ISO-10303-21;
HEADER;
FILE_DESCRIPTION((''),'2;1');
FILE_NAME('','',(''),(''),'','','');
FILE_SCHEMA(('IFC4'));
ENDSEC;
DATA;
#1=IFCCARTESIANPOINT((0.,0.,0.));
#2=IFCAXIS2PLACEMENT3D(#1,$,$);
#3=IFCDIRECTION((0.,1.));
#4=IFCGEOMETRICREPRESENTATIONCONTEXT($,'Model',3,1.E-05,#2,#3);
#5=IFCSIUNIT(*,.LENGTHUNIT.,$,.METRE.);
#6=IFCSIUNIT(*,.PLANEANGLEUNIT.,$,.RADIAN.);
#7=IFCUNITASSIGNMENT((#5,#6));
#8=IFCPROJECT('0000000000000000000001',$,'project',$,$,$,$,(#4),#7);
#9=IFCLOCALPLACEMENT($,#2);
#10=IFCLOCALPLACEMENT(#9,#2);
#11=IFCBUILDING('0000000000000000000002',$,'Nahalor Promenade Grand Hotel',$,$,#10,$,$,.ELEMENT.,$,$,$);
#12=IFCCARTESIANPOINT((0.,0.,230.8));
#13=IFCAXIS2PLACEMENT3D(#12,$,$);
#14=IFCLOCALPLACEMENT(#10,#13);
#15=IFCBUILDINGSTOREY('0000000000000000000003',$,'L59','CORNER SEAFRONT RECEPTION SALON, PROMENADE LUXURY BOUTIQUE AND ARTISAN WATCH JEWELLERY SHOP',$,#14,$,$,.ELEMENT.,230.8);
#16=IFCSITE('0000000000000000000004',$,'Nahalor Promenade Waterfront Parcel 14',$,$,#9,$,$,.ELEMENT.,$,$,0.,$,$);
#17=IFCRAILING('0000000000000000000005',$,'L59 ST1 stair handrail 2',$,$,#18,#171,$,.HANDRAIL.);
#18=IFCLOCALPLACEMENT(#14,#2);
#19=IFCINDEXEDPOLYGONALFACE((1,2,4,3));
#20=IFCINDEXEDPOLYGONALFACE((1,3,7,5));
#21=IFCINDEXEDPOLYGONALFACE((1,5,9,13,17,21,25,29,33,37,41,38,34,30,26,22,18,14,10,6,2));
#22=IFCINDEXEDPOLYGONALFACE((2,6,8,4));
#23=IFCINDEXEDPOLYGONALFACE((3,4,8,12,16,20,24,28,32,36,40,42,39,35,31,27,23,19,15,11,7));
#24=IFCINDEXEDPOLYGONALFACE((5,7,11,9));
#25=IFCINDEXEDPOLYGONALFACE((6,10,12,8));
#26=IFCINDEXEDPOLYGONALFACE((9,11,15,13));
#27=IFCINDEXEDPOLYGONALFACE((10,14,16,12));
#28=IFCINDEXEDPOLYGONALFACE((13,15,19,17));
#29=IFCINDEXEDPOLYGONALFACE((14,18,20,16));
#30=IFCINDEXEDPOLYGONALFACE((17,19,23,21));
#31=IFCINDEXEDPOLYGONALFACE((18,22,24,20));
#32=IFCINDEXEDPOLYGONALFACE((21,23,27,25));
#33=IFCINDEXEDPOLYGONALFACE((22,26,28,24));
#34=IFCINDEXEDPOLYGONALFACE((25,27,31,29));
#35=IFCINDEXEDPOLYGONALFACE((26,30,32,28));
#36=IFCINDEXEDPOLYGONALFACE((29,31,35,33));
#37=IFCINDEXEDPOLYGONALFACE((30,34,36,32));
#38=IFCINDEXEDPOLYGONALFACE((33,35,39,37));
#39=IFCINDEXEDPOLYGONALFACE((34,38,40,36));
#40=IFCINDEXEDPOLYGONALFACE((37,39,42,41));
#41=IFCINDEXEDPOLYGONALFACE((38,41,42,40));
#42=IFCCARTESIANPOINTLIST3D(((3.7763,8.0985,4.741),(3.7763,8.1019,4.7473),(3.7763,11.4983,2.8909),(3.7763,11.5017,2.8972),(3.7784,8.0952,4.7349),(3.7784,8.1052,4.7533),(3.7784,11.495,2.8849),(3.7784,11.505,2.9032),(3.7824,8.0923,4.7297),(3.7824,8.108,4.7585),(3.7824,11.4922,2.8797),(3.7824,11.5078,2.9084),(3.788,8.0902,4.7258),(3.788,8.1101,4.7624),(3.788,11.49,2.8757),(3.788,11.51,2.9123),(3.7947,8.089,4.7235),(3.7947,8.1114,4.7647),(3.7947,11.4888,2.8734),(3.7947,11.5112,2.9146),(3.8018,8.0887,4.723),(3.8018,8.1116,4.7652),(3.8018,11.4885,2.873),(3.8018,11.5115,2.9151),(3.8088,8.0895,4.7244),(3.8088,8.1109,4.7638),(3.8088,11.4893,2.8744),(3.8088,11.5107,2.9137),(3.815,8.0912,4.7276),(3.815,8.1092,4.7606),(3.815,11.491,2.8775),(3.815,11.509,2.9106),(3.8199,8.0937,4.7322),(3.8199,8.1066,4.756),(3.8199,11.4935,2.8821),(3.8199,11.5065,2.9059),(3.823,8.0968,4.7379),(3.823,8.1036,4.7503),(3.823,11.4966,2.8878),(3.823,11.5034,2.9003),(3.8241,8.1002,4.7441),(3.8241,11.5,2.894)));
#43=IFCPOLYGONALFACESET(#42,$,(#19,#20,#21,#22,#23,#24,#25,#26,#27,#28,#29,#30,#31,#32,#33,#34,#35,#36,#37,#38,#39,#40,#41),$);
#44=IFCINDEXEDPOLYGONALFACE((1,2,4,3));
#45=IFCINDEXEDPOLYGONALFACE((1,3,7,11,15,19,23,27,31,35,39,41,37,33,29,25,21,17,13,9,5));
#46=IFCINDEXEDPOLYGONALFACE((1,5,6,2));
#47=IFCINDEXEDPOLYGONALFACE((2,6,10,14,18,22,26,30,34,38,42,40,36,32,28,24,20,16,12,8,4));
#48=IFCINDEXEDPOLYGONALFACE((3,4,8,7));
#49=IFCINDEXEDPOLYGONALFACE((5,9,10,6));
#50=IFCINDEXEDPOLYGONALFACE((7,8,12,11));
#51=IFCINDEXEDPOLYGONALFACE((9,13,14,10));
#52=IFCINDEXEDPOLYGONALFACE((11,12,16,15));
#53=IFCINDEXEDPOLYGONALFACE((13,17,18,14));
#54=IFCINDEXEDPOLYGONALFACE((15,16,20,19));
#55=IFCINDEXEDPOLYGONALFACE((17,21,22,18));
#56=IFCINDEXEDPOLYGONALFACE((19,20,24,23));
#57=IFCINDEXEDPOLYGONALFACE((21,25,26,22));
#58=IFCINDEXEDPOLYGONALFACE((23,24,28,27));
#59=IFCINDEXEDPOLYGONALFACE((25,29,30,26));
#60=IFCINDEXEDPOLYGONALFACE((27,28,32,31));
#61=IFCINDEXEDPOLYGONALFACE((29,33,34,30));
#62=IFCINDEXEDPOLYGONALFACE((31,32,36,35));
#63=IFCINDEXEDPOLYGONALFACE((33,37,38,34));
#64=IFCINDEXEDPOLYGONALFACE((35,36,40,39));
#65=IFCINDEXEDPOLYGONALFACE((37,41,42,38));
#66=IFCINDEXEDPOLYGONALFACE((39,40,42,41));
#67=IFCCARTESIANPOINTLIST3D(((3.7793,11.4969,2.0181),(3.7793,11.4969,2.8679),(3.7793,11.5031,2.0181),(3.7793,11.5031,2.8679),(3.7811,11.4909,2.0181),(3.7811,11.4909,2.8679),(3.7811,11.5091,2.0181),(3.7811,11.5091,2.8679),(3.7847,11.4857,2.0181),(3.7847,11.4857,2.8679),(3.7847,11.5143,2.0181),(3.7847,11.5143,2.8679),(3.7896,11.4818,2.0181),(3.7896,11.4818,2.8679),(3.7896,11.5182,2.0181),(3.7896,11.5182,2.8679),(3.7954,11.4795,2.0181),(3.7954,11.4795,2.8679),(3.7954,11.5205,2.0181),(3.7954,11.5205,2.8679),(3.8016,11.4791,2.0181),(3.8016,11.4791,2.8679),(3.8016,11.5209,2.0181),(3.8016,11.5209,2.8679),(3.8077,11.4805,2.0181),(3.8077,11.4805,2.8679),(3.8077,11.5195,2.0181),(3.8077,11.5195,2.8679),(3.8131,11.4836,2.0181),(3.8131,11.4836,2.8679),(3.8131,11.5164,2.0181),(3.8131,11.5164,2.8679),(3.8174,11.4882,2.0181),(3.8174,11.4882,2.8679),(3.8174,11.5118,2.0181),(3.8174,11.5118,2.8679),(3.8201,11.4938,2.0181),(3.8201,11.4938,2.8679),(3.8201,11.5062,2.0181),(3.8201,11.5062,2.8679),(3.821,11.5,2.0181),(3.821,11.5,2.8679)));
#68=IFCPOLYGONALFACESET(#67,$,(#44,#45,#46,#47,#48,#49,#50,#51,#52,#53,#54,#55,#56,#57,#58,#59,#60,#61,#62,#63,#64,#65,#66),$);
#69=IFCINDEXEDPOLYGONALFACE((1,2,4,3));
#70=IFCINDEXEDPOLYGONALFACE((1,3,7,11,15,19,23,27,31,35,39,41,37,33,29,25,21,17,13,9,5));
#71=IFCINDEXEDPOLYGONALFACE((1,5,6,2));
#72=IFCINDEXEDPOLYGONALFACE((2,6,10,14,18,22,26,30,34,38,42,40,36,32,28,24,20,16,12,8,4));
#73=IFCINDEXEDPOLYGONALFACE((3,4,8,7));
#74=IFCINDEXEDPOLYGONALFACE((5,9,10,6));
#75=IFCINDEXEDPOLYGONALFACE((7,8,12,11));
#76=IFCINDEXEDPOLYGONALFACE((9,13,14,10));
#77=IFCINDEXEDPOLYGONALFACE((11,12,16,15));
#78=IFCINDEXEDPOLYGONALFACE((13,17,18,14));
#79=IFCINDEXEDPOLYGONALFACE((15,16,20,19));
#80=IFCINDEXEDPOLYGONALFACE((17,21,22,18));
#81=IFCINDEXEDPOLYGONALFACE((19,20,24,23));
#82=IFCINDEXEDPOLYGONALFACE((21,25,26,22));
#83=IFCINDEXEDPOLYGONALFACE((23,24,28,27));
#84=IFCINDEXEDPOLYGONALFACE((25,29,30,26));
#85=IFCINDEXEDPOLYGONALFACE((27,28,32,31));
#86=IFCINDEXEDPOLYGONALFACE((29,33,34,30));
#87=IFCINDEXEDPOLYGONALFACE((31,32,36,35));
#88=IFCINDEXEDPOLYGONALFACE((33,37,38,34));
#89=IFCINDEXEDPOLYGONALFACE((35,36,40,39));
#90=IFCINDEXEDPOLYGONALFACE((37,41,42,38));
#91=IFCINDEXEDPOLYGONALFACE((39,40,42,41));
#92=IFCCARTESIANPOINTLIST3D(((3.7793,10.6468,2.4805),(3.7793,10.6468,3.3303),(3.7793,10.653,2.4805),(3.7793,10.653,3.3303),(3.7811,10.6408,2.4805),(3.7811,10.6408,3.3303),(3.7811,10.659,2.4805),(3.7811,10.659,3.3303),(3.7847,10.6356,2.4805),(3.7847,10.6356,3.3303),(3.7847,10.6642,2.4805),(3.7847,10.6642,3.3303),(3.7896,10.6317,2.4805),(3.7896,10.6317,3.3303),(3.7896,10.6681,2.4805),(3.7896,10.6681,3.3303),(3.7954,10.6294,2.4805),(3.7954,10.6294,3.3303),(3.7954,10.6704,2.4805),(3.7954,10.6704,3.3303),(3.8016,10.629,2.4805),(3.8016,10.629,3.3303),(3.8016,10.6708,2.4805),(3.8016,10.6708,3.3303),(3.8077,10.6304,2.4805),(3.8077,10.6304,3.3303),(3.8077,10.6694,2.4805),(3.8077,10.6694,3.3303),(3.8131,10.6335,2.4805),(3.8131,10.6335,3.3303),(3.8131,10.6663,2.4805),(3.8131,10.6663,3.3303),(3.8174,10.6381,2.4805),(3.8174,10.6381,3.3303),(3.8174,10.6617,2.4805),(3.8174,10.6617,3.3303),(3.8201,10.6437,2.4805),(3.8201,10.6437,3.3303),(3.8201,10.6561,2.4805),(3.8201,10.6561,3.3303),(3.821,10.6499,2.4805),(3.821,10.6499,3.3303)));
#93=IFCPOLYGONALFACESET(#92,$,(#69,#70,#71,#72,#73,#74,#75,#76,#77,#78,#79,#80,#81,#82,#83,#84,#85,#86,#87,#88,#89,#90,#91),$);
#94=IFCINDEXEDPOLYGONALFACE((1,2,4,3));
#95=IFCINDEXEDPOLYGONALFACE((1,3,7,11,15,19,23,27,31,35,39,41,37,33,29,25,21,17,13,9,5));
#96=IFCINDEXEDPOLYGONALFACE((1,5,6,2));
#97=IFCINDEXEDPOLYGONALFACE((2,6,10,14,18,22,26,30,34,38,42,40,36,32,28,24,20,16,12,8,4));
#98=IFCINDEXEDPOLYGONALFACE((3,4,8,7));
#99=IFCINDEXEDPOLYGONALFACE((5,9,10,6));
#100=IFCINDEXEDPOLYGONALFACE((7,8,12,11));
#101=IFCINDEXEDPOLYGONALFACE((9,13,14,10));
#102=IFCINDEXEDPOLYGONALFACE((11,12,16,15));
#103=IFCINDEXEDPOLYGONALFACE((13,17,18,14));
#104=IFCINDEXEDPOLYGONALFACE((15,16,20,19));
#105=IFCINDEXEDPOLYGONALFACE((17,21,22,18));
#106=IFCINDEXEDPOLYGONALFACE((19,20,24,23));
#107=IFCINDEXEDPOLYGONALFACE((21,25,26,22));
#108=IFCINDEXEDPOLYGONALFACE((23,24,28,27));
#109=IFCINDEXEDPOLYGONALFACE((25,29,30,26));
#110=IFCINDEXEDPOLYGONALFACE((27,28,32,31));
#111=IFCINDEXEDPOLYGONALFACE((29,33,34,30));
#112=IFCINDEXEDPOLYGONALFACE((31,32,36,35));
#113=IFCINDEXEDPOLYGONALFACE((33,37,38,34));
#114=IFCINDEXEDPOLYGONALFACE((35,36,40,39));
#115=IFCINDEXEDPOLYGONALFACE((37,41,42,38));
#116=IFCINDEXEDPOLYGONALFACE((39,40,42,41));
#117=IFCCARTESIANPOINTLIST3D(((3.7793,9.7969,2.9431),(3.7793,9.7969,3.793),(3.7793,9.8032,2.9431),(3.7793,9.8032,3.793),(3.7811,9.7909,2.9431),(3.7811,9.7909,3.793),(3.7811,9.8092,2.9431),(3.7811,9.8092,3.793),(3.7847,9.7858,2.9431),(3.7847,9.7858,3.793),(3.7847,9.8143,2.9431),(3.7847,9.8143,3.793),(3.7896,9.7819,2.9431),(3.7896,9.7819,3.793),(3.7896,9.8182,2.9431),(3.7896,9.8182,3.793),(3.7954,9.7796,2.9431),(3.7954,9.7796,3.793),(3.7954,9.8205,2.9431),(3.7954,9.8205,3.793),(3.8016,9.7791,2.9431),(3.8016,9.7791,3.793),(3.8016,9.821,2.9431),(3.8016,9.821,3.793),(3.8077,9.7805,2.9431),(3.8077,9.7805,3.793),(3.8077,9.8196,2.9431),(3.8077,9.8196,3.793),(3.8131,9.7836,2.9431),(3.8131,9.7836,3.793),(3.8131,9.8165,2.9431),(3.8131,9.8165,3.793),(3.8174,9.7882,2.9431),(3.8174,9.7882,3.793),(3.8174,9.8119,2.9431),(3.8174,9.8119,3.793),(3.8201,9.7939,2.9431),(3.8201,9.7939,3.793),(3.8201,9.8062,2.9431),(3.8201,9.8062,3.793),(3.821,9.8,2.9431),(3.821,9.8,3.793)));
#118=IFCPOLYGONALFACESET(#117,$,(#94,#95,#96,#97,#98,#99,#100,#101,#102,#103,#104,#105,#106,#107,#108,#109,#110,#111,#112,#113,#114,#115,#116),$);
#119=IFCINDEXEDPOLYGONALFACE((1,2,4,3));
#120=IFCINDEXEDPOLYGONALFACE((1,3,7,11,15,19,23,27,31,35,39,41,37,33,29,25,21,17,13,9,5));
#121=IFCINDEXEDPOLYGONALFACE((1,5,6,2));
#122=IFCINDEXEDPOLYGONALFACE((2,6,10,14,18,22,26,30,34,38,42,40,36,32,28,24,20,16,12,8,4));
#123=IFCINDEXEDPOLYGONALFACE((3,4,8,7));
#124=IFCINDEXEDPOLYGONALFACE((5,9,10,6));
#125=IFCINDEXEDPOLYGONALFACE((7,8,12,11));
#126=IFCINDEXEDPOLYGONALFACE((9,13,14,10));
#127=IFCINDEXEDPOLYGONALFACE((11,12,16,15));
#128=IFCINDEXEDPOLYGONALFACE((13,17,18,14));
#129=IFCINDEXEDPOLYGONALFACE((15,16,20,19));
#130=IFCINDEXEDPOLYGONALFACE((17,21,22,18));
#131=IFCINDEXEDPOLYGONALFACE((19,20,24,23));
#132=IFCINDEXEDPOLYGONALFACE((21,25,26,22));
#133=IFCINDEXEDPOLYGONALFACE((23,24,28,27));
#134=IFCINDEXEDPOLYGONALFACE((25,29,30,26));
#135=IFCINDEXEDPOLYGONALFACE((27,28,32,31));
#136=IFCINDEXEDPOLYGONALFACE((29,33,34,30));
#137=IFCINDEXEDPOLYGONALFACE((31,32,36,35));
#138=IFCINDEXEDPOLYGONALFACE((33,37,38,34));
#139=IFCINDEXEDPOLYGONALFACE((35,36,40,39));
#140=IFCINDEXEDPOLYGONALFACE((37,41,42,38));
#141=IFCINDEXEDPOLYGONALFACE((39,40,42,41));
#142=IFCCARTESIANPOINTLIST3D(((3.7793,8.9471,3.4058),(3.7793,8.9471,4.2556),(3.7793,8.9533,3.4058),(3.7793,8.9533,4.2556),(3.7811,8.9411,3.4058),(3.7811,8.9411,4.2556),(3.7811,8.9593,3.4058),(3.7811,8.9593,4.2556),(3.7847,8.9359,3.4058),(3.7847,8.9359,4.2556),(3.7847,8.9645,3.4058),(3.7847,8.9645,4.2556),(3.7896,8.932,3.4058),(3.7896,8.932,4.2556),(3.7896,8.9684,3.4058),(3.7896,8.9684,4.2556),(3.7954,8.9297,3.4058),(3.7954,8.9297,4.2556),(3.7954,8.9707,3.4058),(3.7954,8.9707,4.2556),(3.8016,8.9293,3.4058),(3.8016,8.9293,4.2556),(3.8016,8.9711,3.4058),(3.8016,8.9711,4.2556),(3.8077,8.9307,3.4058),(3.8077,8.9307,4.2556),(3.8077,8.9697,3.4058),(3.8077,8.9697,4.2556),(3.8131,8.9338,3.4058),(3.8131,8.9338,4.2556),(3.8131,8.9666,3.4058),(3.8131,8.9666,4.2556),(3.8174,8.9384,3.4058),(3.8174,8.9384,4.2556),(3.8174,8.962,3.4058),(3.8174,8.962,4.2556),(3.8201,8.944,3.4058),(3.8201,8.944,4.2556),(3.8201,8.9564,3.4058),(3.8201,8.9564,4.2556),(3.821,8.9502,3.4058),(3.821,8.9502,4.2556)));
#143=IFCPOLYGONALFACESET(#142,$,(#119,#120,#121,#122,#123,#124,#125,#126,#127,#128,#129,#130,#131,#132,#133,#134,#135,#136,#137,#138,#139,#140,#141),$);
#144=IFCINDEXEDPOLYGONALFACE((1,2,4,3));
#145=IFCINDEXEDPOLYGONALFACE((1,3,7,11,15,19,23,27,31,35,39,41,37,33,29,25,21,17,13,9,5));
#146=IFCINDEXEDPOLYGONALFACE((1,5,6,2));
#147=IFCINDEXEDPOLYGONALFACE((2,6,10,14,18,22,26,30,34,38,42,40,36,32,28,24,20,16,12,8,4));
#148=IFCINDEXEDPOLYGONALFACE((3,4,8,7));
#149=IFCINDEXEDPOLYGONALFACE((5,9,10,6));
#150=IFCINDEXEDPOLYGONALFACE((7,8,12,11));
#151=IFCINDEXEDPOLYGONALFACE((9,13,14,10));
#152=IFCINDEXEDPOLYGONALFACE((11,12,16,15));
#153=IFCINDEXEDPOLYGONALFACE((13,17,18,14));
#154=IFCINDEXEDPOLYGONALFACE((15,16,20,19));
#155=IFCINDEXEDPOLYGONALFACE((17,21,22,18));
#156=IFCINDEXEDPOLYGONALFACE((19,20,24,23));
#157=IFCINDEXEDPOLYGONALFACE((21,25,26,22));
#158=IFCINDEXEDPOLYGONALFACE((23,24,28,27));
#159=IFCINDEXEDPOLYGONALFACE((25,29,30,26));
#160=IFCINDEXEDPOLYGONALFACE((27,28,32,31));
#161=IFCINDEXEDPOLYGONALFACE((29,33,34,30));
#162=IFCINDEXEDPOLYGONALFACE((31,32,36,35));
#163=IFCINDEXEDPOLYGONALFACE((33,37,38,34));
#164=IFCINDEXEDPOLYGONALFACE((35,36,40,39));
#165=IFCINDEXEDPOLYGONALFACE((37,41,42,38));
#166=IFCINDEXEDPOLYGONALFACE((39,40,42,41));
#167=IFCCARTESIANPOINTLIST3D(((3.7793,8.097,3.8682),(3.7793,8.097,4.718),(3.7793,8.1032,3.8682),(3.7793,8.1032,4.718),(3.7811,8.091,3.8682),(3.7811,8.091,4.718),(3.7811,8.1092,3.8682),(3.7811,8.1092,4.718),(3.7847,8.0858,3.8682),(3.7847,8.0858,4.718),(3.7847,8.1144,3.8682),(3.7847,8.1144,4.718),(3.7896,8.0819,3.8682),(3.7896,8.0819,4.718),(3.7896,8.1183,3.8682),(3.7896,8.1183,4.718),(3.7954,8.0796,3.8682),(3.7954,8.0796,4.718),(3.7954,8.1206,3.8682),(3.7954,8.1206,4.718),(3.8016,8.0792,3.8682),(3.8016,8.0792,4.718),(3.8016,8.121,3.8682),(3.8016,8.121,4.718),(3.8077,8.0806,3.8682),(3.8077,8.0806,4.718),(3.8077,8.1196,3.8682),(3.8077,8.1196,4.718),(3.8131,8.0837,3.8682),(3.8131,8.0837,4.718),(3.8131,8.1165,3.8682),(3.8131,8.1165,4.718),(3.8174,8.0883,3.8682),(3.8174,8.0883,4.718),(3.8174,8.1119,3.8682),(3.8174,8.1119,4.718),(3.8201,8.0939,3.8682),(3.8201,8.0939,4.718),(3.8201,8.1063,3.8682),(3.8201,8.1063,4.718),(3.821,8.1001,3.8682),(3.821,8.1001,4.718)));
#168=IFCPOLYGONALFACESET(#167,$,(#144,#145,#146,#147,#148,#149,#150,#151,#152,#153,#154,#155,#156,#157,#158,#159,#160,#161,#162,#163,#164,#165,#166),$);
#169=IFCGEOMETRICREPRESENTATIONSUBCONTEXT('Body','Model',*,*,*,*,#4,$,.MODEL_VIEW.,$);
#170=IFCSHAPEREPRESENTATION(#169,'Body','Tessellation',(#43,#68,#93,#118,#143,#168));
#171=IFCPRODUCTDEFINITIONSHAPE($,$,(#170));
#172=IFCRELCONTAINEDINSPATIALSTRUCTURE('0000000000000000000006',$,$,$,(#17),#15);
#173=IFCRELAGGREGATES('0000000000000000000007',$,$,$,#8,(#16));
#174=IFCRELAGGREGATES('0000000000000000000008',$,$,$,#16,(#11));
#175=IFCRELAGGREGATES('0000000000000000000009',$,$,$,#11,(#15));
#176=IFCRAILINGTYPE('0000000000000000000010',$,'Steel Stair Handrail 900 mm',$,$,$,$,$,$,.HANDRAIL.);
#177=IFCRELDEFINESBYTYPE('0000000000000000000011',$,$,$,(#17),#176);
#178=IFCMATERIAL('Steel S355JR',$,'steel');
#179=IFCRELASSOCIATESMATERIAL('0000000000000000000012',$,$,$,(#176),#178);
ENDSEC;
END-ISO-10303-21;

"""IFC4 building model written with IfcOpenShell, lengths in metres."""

from ifc_helpers import new_model, si_unit, direction, frame, origin, origin_2d, place, context, subcontext, project, spatial, circle, extrude, material, type_object, element, save


model = new_model("IFC4")

# Units and contexts
model_context = context("Model", 3, precision=1e-05, world=origin(), true_north=direction((0.0, 1.0)))
body_context = subcontext(model_context, "Body", "Model", "MODEL_VIEW")
ifc_project = project(units=[si_unit("LENGTHUNIT", "METRE"), si_unit("PLANEANGLEUNIT", "RADIAN")], contexts=[model_context])

# Site, building, storey
site_placement = place(None, origin())
site = spatial("IfcSite", under=ifc_project, at=site_placement, Name="Nahalor Promenade Waterfront Parcel 14", CompositionType="ELEMENT", RefElevation=0.0)
building_placement = place(site_placement, origin())
building = spatial("IfcBuilding", under=site, at=building_placement, Name="Nahalor Promenade Grand Hotel", CompositionType="ELEMENT")
storey_placement = place(building_placement, frame((0.0, 0.0, 230.8)))
storey = spatial("IfcBuildingStorey", under=building, at=storey_placement, Name="L59", Description="CORNER SEAFRONT RECEPTION SALON, PROMENADE LUXURY BOUTIQUE AND ARTISAN WATCH JEWELLERY SHOP", CompositionType="ELEMENT", Elevation=230.8)

# Shared definitions
ifc_material_1 = material(Name="Steel S355JR", Category="steel")

# Railing
railing_type_1 = type_object("IfcRailingType", Name="Steel Stair Handrail 900 mm", PredefinedType="HANDRAIL", material=ifc_material_1)
railing_1_placement = place(storey_placement, frame((3.8, 11.5, 2.0181)))
element("IfcRailing", 1, at=railing_1_placement, inside=storey, type_object=railing_type_1, Name="L59 ST1 stair handrail 2", PredefinedType="HANDRAIL", context=body_context, shape_type="SweptSolid", body=[
    extrude(circle(Radius=0.024, at=origin_2d()), frame((0.0, 0.0, 0.876), z_axis=(0.0, -0.878372, 0.477977), x_axis=(1.0, 0.0, 0.0)), (0.0, 0.0, 1.0), 3.8706),
    extrude(circle(Radius=0.021, at=origin_2d()), origin(), (0.0, 0.0, 1.0), 0.8499),
    extrude(circle(Radius=0.021, at=origin_2d()), frame((0.0, -0.8501, 0.4624)), (0.0, 0.0, 1.0), 0.8499),
    extrude(circle(Radius=0.021, at=origin_2d()), frame((0.0, -1.7, 0.925)), (0.0, 0.0, 1.0), 0.8499),
    extrude(circle(Radius=0.021, at=origin_2d()), frame((0.0, -2.5498, 1.3877)), (0.0, 0.0, 1.0), 0.8499),
    extrude(circle(Radius=0.021, at=origin_2d()), frame((0.0, -3.3999, 1.8501)), (0.0, 0.0, 1.0), 0.8499),
])

save(model, "model.ifc")
